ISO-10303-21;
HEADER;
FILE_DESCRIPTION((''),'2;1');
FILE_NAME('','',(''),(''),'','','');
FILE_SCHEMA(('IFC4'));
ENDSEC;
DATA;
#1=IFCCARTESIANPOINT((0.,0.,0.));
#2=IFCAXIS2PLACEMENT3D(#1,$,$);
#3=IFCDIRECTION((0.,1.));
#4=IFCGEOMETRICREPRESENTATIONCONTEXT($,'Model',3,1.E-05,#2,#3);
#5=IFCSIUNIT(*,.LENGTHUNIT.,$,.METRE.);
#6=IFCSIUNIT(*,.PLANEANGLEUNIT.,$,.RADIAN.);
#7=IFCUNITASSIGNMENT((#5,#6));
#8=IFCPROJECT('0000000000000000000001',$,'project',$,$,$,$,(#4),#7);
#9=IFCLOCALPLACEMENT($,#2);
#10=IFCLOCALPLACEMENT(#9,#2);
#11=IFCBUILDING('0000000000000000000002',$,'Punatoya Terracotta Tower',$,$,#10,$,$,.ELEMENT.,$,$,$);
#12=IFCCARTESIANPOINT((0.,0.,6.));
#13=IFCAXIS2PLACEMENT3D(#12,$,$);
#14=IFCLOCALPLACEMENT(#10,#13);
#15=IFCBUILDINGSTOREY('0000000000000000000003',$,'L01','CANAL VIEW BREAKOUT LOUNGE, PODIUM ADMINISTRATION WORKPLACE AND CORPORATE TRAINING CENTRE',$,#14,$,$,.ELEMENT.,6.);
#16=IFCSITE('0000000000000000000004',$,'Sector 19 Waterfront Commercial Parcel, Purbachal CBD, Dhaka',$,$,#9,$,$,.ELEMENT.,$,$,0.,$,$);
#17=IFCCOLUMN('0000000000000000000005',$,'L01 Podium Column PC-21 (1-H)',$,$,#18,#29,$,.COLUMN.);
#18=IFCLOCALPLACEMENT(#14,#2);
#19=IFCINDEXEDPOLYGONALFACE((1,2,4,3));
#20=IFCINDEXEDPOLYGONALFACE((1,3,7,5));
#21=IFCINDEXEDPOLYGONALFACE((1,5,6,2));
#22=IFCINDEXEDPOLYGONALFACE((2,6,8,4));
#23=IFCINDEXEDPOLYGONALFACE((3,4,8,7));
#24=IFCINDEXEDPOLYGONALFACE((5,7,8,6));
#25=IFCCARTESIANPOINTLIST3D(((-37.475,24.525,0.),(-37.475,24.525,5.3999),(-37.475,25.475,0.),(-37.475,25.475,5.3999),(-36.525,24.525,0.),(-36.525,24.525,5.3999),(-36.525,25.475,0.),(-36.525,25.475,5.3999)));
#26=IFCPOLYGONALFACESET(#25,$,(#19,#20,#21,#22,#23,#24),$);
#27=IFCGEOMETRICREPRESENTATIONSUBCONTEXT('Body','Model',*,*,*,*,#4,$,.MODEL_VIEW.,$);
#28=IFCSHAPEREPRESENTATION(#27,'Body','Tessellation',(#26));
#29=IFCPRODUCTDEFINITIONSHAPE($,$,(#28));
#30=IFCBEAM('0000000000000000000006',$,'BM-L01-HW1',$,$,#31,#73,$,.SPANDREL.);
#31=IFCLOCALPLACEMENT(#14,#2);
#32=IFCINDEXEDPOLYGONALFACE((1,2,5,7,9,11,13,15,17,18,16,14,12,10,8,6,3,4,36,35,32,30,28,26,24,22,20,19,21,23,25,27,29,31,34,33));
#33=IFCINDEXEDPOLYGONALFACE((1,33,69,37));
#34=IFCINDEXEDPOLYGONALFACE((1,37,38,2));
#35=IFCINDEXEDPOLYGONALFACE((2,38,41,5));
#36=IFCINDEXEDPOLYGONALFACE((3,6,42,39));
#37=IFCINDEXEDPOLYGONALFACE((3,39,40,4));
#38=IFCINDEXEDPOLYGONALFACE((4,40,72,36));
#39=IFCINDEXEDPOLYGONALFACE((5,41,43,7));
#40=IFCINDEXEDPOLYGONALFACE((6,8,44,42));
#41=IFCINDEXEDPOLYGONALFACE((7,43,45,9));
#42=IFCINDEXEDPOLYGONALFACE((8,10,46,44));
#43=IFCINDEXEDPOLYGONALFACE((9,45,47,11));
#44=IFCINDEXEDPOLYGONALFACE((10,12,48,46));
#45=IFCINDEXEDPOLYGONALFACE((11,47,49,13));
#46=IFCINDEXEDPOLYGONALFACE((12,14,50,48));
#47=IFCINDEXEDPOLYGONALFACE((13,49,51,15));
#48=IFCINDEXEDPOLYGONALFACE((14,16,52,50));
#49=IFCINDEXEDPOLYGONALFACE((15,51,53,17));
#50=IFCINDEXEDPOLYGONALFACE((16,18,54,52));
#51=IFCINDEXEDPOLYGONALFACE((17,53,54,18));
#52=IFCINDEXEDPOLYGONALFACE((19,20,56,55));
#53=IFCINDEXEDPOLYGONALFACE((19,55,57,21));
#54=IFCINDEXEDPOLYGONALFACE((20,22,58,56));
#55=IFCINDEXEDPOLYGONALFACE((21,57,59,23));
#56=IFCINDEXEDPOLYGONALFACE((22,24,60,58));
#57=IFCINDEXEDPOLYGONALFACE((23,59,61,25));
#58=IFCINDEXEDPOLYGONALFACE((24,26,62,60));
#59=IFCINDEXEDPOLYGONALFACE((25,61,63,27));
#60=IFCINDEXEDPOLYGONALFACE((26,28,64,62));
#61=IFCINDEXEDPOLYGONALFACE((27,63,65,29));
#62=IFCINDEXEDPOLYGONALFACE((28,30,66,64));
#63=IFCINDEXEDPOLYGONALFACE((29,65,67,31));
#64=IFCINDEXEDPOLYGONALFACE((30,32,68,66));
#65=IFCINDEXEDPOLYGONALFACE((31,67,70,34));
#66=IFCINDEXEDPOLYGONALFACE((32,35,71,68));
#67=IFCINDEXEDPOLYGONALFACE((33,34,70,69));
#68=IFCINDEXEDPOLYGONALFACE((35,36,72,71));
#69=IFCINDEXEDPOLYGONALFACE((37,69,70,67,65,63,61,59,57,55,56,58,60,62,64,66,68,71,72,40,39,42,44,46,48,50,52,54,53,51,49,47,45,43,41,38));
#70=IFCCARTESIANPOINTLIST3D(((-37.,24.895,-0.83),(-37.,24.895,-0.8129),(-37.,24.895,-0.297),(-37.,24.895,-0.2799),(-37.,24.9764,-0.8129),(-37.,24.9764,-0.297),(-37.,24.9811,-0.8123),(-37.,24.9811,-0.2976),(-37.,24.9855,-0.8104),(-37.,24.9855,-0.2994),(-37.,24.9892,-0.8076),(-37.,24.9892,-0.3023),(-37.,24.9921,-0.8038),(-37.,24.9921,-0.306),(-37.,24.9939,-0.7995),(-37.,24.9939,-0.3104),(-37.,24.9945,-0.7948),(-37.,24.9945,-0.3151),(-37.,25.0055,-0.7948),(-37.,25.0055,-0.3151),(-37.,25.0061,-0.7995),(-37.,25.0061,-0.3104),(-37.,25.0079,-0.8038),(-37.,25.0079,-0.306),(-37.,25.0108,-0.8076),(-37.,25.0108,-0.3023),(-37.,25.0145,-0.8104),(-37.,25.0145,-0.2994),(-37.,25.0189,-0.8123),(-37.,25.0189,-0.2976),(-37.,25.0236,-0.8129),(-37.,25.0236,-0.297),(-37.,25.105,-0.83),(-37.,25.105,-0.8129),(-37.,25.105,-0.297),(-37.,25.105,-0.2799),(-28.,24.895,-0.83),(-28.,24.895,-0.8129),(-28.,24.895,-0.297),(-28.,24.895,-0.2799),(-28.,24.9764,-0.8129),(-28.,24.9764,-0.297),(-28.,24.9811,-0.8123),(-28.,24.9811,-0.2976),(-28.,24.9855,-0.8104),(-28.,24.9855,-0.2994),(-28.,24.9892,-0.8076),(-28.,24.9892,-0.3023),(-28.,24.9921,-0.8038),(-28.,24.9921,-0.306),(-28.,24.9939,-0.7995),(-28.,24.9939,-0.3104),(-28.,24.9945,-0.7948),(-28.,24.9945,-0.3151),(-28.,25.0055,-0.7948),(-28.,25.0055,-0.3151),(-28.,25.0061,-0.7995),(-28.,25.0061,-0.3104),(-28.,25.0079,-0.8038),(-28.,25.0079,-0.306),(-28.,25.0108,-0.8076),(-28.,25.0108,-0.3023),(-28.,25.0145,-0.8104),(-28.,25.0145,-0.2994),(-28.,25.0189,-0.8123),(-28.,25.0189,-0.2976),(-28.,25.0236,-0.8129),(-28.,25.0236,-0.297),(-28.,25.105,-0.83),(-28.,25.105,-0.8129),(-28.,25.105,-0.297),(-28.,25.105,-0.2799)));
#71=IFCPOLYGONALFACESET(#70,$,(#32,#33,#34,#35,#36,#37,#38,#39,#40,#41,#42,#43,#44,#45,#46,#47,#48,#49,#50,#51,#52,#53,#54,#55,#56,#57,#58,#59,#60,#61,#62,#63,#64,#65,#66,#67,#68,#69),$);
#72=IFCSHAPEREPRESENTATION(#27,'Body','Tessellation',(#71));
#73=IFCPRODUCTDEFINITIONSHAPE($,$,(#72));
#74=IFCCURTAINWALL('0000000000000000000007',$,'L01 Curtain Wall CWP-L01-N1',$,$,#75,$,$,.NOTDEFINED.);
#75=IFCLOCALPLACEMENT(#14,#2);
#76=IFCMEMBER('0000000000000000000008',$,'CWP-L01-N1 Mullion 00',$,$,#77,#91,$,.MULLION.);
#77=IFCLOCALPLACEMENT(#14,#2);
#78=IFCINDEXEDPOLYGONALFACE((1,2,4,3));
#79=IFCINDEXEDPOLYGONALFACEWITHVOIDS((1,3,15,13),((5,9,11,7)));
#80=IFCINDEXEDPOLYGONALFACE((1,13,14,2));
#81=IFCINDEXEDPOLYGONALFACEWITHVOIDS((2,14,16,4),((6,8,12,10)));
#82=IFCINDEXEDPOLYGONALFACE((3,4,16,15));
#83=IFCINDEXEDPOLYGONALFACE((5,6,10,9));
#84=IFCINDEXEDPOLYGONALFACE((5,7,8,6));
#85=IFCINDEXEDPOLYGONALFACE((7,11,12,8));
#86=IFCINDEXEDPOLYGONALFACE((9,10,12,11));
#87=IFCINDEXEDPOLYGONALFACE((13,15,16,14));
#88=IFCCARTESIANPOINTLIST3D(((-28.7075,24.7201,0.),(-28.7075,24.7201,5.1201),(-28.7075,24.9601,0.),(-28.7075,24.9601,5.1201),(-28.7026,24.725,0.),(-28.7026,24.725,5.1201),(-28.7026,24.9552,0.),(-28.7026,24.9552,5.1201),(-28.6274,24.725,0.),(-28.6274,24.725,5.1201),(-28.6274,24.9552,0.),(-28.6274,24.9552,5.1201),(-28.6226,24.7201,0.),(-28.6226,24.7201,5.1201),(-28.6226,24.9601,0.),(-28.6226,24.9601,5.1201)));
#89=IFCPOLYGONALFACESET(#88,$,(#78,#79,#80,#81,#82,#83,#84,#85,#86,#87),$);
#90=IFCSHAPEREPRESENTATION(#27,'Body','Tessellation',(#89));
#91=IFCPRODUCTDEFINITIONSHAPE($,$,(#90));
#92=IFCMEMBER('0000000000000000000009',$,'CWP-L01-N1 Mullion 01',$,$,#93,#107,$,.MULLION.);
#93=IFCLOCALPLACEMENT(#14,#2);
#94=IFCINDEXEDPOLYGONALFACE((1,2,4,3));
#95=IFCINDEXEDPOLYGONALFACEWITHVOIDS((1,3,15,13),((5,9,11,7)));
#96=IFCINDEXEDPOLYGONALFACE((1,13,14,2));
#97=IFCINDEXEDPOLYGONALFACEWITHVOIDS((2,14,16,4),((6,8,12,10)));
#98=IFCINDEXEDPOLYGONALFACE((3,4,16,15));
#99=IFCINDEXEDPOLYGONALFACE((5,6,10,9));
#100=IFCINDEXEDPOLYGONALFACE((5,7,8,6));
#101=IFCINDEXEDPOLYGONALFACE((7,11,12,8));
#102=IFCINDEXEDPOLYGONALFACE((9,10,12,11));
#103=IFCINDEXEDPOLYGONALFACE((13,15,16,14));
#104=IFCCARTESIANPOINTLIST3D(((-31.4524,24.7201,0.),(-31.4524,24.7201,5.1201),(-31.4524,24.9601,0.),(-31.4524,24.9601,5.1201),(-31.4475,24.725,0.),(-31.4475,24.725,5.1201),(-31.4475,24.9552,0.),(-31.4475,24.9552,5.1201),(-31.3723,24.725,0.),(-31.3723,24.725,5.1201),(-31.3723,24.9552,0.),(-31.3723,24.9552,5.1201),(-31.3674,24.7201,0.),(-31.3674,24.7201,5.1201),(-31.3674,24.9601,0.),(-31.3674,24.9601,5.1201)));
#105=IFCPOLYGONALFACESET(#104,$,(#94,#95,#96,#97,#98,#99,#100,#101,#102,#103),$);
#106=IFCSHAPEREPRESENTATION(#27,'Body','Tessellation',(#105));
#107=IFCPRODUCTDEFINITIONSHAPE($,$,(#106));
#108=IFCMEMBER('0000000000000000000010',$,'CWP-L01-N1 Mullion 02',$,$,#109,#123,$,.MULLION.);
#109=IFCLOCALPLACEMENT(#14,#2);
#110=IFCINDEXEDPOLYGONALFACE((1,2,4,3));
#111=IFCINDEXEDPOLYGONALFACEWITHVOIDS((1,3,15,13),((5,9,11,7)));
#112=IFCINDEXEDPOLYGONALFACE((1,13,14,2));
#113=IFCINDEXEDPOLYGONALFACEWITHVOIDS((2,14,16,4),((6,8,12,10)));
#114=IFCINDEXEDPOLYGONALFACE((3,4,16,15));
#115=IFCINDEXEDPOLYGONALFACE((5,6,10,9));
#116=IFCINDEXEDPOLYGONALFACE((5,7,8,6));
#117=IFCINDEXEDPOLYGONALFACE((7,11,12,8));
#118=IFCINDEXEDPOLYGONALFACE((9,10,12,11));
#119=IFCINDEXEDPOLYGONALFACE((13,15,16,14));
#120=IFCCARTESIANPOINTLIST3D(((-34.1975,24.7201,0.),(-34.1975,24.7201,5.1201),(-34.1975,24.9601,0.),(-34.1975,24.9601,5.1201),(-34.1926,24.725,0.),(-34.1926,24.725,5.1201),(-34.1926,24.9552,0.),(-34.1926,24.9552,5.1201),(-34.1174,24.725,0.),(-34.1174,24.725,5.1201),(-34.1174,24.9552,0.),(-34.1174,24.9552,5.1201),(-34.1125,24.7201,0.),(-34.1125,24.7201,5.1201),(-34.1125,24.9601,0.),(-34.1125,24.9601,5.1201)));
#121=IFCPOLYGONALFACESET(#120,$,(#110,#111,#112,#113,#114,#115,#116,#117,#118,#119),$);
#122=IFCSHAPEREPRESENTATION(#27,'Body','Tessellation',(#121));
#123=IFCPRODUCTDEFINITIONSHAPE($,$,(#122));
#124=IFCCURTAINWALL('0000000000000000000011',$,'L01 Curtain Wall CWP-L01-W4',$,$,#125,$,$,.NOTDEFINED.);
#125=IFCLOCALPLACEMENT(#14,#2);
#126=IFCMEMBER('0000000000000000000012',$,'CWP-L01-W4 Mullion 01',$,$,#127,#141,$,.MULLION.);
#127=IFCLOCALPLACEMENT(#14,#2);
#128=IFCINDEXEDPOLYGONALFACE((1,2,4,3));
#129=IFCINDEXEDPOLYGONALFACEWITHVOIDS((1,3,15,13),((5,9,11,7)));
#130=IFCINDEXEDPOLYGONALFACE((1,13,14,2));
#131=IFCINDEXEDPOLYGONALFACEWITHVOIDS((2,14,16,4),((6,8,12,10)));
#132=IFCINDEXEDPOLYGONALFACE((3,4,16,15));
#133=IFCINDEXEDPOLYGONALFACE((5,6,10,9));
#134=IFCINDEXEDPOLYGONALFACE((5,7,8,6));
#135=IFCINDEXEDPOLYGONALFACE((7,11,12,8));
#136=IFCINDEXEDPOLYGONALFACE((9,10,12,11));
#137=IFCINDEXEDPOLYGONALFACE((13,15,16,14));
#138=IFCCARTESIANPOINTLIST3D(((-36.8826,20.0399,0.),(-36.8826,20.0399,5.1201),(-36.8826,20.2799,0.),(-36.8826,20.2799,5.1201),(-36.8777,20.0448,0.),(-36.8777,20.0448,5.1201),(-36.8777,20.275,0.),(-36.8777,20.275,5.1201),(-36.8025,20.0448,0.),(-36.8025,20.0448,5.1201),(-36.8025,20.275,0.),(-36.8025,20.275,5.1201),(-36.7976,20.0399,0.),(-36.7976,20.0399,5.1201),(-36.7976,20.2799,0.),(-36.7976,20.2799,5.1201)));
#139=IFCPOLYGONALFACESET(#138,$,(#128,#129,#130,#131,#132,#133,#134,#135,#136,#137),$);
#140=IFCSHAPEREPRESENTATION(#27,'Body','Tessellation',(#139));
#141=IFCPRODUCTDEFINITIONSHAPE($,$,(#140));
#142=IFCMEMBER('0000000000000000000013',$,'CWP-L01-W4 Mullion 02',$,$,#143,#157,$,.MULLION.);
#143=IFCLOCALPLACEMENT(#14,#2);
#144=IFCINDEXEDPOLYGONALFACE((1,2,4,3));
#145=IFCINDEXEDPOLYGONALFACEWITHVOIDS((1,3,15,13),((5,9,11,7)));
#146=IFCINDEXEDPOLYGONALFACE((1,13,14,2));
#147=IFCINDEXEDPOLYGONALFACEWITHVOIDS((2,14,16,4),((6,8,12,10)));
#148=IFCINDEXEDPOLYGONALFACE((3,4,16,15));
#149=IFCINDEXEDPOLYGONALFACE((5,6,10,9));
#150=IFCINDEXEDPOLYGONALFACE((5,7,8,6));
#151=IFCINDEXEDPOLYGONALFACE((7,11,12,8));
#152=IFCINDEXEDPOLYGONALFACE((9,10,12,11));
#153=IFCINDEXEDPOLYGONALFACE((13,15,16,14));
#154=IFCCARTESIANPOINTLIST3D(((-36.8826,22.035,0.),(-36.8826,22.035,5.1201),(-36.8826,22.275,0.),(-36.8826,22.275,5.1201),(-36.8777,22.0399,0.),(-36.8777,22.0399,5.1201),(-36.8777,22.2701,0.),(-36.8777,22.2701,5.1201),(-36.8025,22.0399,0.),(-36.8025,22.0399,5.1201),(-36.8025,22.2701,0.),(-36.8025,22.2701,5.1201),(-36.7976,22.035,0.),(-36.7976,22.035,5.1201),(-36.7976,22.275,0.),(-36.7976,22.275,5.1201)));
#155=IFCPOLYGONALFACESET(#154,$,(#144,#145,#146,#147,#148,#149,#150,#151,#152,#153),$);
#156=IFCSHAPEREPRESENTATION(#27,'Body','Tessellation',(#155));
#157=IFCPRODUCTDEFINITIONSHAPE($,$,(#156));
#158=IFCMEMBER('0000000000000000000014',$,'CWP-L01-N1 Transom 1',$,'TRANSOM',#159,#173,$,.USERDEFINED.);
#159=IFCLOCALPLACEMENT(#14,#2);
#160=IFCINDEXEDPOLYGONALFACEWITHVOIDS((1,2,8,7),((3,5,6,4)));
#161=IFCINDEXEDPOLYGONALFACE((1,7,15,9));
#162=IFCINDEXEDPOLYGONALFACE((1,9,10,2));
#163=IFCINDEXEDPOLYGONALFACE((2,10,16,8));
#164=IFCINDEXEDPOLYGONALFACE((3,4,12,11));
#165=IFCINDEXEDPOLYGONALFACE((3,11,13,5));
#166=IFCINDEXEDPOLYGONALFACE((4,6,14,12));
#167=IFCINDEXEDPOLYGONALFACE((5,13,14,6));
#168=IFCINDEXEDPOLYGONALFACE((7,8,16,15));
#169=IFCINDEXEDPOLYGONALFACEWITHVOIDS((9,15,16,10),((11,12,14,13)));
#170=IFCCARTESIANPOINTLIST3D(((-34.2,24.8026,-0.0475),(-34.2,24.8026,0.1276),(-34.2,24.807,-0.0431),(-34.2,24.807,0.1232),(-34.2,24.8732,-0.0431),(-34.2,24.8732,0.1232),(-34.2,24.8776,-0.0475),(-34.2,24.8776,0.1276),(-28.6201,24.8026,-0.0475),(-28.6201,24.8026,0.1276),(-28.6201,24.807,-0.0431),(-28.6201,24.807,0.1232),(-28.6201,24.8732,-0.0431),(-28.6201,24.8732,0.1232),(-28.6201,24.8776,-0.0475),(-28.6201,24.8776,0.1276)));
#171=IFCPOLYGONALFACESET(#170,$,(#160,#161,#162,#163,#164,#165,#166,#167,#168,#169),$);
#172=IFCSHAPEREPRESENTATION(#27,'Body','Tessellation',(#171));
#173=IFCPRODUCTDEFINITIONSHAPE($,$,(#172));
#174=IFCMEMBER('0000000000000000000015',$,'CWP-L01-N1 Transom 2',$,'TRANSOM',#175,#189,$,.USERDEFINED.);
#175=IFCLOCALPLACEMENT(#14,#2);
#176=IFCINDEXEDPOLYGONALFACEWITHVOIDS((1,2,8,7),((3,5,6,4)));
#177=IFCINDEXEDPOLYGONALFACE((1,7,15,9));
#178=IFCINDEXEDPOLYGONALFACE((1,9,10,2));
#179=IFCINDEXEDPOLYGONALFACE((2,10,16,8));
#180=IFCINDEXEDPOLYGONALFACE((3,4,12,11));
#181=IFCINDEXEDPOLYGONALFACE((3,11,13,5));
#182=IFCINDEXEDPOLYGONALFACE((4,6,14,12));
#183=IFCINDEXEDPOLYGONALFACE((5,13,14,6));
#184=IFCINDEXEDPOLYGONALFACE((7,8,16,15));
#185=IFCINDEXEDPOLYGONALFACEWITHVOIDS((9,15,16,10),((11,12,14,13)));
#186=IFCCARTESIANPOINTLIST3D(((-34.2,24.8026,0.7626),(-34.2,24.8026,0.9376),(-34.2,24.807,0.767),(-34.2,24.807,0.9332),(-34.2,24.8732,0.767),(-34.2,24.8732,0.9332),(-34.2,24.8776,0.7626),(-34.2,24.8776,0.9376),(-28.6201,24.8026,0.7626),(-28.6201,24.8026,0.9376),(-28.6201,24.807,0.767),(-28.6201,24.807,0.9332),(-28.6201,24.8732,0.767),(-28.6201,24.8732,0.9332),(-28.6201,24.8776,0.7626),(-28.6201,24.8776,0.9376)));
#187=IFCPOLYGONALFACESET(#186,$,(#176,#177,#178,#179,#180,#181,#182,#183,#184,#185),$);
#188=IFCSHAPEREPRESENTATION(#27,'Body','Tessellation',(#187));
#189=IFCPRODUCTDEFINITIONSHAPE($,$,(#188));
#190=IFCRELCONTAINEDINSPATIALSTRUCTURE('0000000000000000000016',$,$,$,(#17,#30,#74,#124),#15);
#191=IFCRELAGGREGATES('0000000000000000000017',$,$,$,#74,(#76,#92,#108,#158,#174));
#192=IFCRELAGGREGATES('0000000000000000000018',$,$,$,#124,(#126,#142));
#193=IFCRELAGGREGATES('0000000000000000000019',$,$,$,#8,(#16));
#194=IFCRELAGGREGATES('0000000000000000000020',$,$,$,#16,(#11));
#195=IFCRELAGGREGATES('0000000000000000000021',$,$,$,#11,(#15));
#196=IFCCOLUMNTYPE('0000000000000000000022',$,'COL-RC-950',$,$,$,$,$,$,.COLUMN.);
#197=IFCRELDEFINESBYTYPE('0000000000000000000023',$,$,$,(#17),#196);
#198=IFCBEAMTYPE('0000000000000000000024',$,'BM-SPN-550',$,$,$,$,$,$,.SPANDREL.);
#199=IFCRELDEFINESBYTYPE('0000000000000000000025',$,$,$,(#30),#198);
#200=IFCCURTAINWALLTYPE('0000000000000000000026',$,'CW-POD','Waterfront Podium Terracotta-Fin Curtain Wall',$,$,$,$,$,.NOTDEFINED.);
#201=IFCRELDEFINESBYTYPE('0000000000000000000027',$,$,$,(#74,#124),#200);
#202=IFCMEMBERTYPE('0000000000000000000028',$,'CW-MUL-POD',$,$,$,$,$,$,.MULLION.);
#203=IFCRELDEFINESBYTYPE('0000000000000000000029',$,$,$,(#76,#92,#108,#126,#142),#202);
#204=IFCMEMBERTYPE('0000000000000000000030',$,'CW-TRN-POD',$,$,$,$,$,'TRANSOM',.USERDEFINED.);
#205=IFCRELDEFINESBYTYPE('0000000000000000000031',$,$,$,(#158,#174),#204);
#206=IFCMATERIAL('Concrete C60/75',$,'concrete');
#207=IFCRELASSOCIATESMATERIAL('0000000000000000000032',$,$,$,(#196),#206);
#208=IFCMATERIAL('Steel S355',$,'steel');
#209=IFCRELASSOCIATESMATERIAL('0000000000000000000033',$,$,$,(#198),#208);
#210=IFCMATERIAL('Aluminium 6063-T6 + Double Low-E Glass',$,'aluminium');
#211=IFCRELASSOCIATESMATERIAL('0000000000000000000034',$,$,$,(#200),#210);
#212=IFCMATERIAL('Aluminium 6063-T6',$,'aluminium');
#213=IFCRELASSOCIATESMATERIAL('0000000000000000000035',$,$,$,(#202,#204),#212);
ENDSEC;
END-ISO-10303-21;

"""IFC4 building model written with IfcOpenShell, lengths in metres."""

from ifc_helpers import new_model, si_unit, direction, frame, origin, origin_2d, place, context, subcontext, project, spatial, rectangle, hollow_rectangle, i_section, extrude, material, material_profile, profile_set, type_object, element, aggregate, save


model = new_model("IFC4")

# Units and contexts
model_context = context("Model", 3, precision=1e-05, world=origin(), true_north=direction((0.0, 1.0)))
body_context = subcontext(model_context, "Body", "Model", "MODEL_VIEW")
ifc_project = project(units=[si_unit("LENGTHUNIT", "METRE"), si_unit("PLANEANGLEUNIT", "RADIAN")], contexts=[model_context])

# Site, building, storey
site_placement = place(None, origin())
site = spatial("IfcSite", under=ifc_project, at=site_placement, Name="Sector 19 Waterfront Commercial Parcel, Purbachal CBD, Dhaka", CompositionType="ELEMENT", RefElevation=0.0)
building_placement = place(site_placement, origin())
building = spatial("IfcBuilding", under=site, at=building_placement, Name="Punatoya Terracotta Tower", CompositionType="ELEMENT")
storey_placement = place(building_placement, frame((0.0, 0.0, 6.0)))
storey = spatial("IfcBuildingStorey", under=building, at=storey_placement, Name="L01", Description="CANAL VIEW BREAKOUT LOUNGE, PODIUM ADMINISTRATION WORKPLACE AND CORPORATE TRAINING CENTRE", CompositionType="ELEMENT", Elevation=6.0)

# Column
ifc_material_1 = material(Name="Concrete C60/75", Category="concrete")
ifc_material_profile_1 = material_profile(ifc_material_1, rectangle(XDim=0.95, YDim=0.95, at=origin_2d()))
ifc_profile_set_1 = profile_set([ifc_material_profile_1], Name="Concrete C60/75")
column_type = type_object("IfcColumnType", Name="COL-RC-950", PredefinedType="COLUMN", material=ifc_profile_set_1)
column_placement = place(storey_placement, frame((-37.0, 25.0, 0.0), z_axis=(0.0, 0.0, 1.0), x_axis=(1.0, 0.0, 0.0)))
element("IfcColumn", 1, at=column_placement, inside=storey, type_object=column_type, Name="L01 Podium Column PC-21 (1-H)", PredefinedType="COLUMN", context=body_context, shape_type="SweptSolid", body=[
    extrude(rectangle(XDim=0.95, YDim=0.95, at=origin_2d()), origin(), (0.0, 0.0, 1.0), 5.3999),
])

# Beam
ifc_material_2 = material(Name="Steel S355", Category="steel")
ifc_material_profile_2 = material_profile(ifc_material_2, i_section(OverallWidth=0.21, OverallDepth=0.55, WebThickness=0.011, FlangeThickness=0.0171, FilletRadius=0.0181, at=origin_2d()))
ifc_profile_set_2 = profile_set([ifc_material_profile_2], Name="Steel S355")
beam_type = type_object("IfcBeamType", Name="BM-SPN-550", PredefinedType="SPANDREL", material=ifc_profile_set_2)
beam_placement = place(storey_placement, frame((-37.0, 25.0, -0.5549), z_axis=(1.0, 0.0, 0.0), x_axis=(0.0, 1.0, 0.0)))
element("IfcBeam", 2, at=beam_placement, inside=storey, type_object=beam_type, Name="BM-L01-HW1", PredefinedType="SPANDREL", context=body_context, shape_type="SweptSolid", body=[
    extrude(i_section(OverallWidth=0.21, OverallDepth=0.55, WebThickness=0.011, FlangeThickness=0.0171, FilletRadius=0.0181, at=origin_2d()), origin(), (0.0, 0.0, 1.0), 9.0),
])

# Curtain walls, members
ifc_material_3 = material(Name="Aluminium 6063-T6 + Double Low-E Glass", Category="aluminium")
curtain_wall_type = type_object("IfcCurtainWallType", Name="CW-POD", Description="Waterfront Podium Terracotta-Fin Curtain Wall", PredefinedType="NOTDEFINED", material=ifc_material_3)
curtain_wall_1_placement = place(storey_placement, origin())
curtain_wall_1 = element("IfcCurtainWall", 3, at=curtain_wall_1_placement, inside=storey, type_object=curtain_wall_type, Name="L01 Curtain Wall CWP-L01-N1", PredefinedType="NOTDEFINED")
ifc_material_4 = material(Name="Aluminium 6063-T6", Category="aluminium")
ifc_material_profile_3 = material_profile(ifc_material_4, hollow_rectangle(XDim=0.085, YDim=0.24, WallThickness=0.0049, at=origin_2d()))
ifc_profile_set_3 = profile_set([ifc_material_profile_3], Name="Aluminium 6063-T6")
member_type_1 = type_object("IfcMemberType", Name="CW-MUL-POD", PredefinedType="MULLION", material=ifc_profile_set_3)
member_1_placement = place(storey_placement, frame((-28.665, 24.8401, 0.0), z_axis=(0.0, 0.0, 1.0), x_axis=(1.0, 0.0, 0.0)))
member_1 = element("IfcMember", 4, at=member_1_placement, type_object=member_type_1, Name="CWP-L01-N1 Mullion 00", PredefinedType="MULLION", context=body_context, shape_type="SweptSolid", body=[
    extrude(hollow_rectangle(XDim=0.085, YDim=0.24, WallThickness=0.0049, at=origin_2d()), origin(), (0.0, 0.0, 1.0), 5.1201),
])
member_2_placement = place(storey_placement, frame((-31.4099, 24.8401, 0.0), z_axis=(0.0, 0.0, 1.0), x_axis=(1.0, 0.0, 0.0)))
member_2 = element("IfcMember", 5, at=member_2_placement, type_object=member_type_1, Name="CWP-L01-N1 Mullion 01", PredefinedType="MULLION", context=body_context, shape_type="SweptSolid", body=[
    extrude(hollow_rectangle(XDim=0.085, YDim=0.24, WallThickness=0.0049, at=origin_2d()), origin(), (0.0, 0.0, 1.0), 5.1201),
])
member_3_placement = place(storey_placement, frame((-34.155, 24.8401, 0.0), z_axis=(0.0, 0.0, 1.0), x_axis=(1.0, 0.0, 0.0)))
member_3 = element("IfcMember", 6, at=member_3_placement, type_object=member_type_1, Name="CWP-L01-N1 Mullion 02", PredefinedType="MULLION", context=body_context, shape_type="SweptSolid", body=[
    extrude(hollow_rectangle(XDim=0.085, YDim=0.24, WallThickness=0.0049, at=origin_2d()), origin(), (0.0, 0.0, 1.0), 5.1201),
])
curtain_wall_2_placement = place(storey_placement, origin())
curtain_wall_2 = element("IfcCurtainWall", 7, at=curtain_wall_2_placement, inside=storey, type_object=curtain_wall_type, Name="L01 Curtain Wall CWP-L01-W4", PredefinedType="NOTDEFINED")
member_4_placement = place(storey_placement, frame((-36.8401, 20.1599, 0.0), z_axis=(0.0, 0.0, 1.0), x_axis=(1.0, 0.0, 0.0)))
member_4 = element("IfcMember", 8, at=member_4_placement, type_object=member_type_1, Name="CWP-L01-W4 Mullion 01", PredefinedType="MULLION", context=body_context, shape_type="SweptSolid", body=[
    extrude(hollow_rectangle(XDim=0.085, YDim=0.24, WallThickness=0.0049, at=origin_2d()), origin(), (0.0, 0.0, 1.0), 5.1201),
])
member_5_placement = place(storey_placement, frame((-36.8401, 22.155, 0.0), z_axis=(0.0, 0.0, 1.0), x_axis=(1.0, 0.0, 0.0)))
member_5 = element("IfcMember", 9, at=member_5_placement, type_object=member_type_1, Name="CWP-L01-W4 Mullion 02", PredefinedType="MULLION", context=body_context, shape_type="SweptSolid", body=[
    extrude(hollow_rectangle(XDim=0.085, YDim=0.24, WallThickness=0.0049, at=origin_2d()), origin(), (0.0, 0.0, 1.0), 5.1201),
])

# Members
ifc_material_profile_4 = material_profile(ifc_material_4, hollow_rectangle(XDim=0.075, YDim=0.175, WallThickness=0.0044, at=origin_2d()))
ifc_profile_set_4 = profile_set([ifc_material_profile_4], Name="Aluminium 6063-T6")
member_type_2 = type_object("IfcMemberType", Name="CW-TRN-POD", ElementType="TRANSOM", PredefinedType="USERDEFINED", material=ifc_profile_set_4)
member_6_placement = place(storey_placement, frame((-28.6201, 24.8401, 0.04), z_axis=(-1.0, 0.0, 0.0), x_axis=(0.0, -1.0, 0.0)))
member_6 = element("IfcMember", 10, at=member_6_placement, type_object=member_type_2, Name="CWP-L01-N1 Transom 1", ObjectType="TRANSOM", PredefinedType="USERDEFINED", context=body_context, shape_type="SweptSolid", body=[
    extrude(hollow_rectangle(XDim=0.075, YDim=0.175, WallThickness=0.0044, at=origin_2d()), origin(), (0.0, 0.0, 1.0), 5.5798),
])
member_7_placement = place(storey_placement, frame((-28.6201, 24.8401, 0.8501), z_axis=(-1.0, 0.0, 0.0), x_axis=(0.0, -1.0, 0.0)))
member_7 = element("IfcMember", 11, at=member_7_placement, type_object=member_type_2, Name="CWP-L01-N1 Transom 2", ObjectType="TRANSOM", PredefinedType="USERDEFINED", context=body_context, shape_type="SweptSolid", body=[
    extrude(hollow_rectangle(XDim=0.075, YDim=0.175, WallThickness=0.0044, at=origin_2d()), origin(), (0.0, 0.0, 1.0), 5.5798),
])

aggregate(curtain_wall_1, [member_1, member_2, member_3, member_6, member_7])
aggregate(curtain_wall_2, [member_4, member_5])

save(model, "model.ifc")
